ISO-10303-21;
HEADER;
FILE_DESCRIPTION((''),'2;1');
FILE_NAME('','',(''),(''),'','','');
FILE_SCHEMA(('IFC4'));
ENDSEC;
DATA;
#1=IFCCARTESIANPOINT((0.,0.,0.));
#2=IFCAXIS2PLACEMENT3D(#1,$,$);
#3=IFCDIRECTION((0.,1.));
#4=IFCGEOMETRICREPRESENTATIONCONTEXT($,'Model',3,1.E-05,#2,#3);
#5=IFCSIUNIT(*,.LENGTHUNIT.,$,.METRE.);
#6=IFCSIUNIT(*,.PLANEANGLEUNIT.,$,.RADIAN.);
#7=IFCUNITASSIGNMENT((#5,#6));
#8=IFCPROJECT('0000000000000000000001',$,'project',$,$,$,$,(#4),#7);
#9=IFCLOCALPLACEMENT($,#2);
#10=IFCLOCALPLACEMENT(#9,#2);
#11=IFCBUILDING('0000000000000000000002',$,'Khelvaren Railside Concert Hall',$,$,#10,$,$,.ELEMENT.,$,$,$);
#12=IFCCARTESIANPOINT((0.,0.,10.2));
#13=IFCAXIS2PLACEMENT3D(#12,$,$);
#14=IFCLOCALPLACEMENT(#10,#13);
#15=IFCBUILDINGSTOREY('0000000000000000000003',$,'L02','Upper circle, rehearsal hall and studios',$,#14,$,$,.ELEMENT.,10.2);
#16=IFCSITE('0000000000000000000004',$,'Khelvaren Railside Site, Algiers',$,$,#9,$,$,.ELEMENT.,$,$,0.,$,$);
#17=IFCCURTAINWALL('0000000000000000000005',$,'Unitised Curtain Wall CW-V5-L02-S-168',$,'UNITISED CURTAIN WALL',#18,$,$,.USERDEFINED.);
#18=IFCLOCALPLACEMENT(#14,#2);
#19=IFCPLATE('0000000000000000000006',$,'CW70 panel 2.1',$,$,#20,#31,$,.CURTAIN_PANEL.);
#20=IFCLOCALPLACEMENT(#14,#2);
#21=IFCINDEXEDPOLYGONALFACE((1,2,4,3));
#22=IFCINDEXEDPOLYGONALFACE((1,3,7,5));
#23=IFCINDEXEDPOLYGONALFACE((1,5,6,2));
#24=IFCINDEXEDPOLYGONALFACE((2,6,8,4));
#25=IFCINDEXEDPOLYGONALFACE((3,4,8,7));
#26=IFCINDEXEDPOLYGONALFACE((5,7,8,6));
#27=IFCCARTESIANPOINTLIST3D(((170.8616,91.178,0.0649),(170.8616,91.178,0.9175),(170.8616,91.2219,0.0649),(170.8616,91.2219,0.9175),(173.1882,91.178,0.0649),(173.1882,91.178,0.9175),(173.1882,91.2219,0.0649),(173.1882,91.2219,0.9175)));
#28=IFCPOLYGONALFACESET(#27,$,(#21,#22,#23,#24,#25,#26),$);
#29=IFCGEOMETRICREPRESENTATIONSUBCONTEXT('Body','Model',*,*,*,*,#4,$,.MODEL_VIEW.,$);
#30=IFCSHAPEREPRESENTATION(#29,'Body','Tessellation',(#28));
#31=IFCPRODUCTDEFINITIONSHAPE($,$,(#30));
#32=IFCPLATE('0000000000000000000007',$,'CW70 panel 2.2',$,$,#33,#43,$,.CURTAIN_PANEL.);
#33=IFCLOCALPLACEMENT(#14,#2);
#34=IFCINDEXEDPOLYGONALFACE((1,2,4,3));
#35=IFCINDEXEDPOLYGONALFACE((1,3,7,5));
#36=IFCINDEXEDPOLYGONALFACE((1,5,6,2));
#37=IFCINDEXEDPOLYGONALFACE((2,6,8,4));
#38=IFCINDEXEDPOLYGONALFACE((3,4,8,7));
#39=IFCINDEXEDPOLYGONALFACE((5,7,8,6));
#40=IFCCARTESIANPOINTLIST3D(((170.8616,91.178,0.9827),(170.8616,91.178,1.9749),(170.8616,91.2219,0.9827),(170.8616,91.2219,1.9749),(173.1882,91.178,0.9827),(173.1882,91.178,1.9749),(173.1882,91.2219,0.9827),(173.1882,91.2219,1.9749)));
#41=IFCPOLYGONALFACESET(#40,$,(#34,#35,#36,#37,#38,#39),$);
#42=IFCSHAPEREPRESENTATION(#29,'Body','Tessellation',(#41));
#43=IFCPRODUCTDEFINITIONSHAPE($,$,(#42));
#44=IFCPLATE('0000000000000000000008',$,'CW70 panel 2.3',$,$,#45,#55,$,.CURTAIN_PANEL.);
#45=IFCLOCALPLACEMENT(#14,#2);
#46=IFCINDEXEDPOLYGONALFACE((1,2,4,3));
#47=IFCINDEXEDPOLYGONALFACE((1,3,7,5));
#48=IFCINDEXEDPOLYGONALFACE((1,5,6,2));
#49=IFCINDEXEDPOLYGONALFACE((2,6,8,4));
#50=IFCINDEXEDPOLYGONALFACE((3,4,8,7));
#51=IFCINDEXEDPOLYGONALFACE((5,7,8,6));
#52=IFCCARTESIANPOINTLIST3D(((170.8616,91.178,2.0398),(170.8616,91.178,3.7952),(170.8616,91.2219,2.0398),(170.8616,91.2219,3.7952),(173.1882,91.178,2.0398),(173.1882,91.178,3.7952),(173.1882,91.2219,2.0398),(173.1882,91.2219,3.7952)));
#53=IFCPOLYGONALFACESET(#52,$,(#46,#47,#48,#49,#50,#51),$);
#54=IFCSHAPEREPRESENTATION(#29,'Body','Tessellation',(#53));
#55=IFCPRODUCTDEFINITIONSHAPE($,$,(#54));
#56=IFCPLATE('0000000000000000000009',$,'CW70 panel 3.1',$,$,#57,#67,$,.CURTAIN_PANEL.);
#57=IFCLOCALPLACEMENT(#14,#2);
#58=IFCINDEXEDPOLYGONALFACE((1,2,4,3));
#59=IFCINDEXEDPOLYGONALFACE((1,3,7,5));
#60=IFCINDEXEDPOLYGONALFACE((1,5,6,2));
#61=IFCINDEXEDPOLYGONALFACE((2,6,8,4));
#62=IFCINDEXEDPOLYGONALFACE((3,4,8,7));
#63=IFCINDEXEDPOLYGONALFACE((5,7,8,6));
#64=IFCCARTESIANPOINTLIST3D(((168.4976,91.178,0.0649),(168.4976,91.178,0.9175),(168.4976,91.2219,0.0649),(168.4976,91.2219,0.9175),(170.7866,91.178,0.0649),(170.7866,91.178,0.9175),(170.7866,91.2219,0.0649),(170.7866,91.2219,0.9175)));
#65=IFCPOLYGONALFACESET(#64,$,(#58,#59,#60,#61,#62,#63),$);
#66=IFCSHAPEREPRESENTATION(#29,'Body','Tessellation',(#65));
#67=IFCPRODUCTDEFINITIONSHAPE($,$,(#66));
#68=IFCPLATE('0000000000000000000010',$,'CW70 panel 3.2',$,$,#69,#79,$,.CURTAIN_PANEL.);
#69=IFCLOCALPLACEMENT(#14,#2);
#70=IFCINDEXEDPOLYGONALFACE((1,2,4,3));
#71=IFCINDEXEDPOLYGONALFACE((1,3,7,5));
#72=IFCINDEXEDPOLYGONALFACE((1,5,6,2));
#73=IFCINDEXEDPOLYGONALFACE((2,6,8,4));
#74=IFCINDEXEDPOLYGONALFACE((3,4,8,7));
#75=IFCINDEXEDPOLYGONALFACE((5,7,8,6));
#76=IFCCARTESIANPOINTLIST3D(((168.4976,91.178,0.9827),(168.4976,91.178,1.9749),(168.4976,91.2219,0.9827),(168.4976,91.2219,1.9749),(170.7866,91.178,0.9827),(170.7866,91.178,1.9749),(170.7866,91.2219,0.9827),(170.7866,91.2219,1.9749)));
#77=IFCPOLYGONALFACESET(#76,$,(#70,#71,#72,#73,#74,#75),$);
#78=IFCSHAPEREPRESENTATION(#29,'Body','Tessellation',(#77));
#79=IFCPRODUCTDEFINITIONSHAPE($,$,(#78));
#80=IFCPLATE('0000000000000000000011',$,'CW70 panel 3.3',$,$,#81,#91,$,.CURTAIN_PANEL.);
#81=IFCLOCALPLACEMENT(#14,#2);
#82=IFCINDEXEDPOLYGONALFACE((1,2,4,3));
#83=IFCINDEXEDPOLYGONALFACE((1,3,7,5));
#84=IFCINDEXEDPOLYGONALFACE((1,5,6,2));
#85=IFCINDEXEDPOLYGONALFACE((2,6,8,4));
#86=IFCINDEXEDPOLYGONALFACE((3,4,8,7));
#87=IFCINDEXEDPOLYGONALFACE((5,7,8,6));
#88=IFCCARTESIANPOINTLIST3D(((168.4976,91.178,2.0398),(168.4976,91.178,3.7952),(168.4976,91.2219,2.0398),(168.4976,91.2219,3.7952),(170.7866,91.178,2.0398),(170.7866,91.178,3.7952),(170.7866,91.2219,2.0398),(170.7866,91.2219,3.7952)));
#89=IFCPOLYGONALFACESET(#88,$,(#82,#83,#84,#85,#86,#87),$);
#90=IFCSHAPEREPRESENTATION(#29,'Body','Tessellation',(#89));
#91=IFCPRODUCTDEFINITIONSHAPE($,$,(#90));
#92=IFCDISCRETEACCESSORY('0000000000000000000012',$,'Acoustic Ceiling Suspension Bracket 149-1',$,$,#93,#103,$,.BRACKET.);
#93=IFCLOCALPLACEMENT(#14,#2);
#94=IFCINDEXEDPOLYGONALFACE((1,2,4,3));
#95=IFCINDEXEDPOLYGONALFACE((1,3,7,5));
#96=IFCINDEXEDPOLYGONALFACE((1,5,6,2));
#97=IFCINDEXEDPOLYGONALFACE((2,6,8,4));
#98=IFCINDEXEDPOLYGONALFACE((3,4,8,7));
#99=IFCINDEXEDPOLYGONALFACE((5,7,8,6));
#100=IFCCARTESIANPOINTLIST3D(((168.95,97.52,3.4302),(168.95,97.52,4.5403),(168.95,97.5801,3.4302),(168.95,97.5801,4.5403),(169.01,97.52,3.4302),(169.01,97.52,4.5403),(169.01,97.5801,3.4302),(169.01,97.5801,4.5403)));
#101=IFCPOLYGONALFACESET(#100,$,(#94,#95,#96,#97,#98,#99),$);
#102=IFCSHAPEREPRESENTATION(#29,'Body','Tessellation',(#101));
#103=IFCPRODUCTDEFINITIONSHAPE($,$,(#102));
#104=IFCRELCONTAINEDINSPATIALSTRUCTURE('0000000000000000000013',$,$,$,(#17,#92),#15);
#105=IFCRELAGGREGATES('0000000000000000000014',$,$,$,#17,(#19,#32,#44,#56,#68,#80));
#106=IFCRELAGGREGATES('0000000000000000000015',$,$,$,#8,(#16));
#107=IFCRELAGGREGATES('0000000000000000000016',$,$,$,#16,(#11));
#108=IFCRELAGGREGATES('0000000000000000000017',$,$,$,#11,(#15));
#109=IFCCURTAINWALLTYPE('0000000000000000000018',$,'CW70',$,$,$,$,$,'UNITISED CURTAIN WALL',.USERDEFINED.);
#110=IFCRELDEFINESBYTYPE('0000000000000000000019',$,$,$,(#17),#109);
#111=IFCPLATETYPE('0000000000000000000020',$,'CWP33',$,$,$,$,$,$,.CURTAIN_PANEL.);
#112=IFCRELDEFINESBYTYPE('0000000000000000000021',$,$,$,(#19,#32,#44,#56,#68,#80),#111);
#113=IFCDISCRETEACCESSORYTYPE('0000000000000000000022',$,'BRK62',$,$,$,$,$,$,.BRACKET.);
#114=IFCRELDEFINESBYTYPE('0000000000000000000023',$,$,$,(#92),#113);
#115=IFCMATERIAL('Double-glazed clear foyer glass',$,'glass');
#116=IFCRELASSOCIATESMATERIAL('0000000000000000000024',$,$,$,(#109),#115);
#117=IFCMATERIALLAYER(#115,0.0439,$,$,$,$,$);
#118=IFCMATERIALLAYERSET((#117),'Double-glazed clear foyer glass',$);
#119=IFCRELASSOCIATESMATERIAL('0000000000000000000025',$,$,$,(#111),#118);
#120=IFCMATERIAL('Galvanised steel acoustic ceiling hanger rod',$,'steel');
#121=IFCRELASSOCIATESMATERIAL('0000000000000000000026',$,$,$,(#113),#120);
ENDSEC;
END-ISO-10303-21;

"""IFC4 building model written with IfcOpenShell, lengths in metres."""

from ifc_helpers import new_model, si_unit, direction, frame, origin, origin_2d, place, context, subcontext, project, spatial, rectangle, extrude, material, layer, layer_set, type_object, element, aggregate, save


model = new_model("IFC4")

# Units and contexts
model_context = context("Model", 3, precision=1e-05, world=origin(), true_north=direction((0.0, 1.0)))
body_context = subcontext(model_context, "Body", "Model", "MODEL_VIEW")
ifc_project = project(units=[si_unit("LENGTHUNIT", "METRE"), si_unit("PLANEANGLEUNIT", "RADIAN")], contexts=[model_context])

# Site, building, storey
site_placement = place(None, origin())
site = spatial("IfcSite", under=ifc_project, at=site_placement, Name="Khelvaren Railside Site, Algiers", CompositionType="ELEMENT", RefElevation=0.0)
building_placement = place(site_placement, origin())
building = spatial("IfcBuilding", under=site, at=building_placement, Name="Khelvaren Railside Concert Hall", CompositionType="ELEMENT")
storey_placement = place(building_placement, frame((0.0, 0.0, 10.2)))
storey = spatial("IfcBuildingStorey", under=building, at=storey_placement, Name="L02", Description="Upper circle, rehearsal hall and studios", CompositionType="ELEMENT", Elevation=10.2)

# Curtain wall
ifc_material_1 = material(Name="Double-glazed clear foyer glass", Category="glass")
curtain_wall_type = type_object("IfcCurtainWallType", Name="CW70", ElementType="UNITISED CURTAIN WALL", PredefinedType="USERDEFINED", material=ifc_material_1)
curtain_wall_placement = place(storey_placement, origin())
curtain_wall = element("IfcCurtainWall", 1, at=curtain_wall_placement, inside=storey, type_object=curtain_wall_type, Name="Unitised Curtain Wall CW-V5-L02-S-168", ObjectType="UNITISED CURTAIN WALL", PredefinedType="USERDEFINED")

# Plates
ifc_layer = layer(ifc_material_1, 0.0439)
ifc_layer_set = layer_set([ifc_layer], Name="Double-glazed clear foyer glass")
plate_type = type_object("IfcPlateType", Name="CWP33", PredefinedType="CURTAIN_PANEL", material=ifc_layer_set)
plate_1_placement = place(storey_placement, frame((172.0249, 91.2, 0.0649), z_axis=(0.0, 0.0, 1.0), x_axis=(-1.0, 0.0, 0.0)))
plate_1 = element("IfcPlate", 2, at=plate_1_placement, type_object=plate_type, Name="CW70 panel 2.1", PredefinedType="CURTAIN_PANEL", context=body_context, shape_type="SweptSolid", body=[
    extrude(rectangle(XDim=2.3267, YDim=0.0439, at=origin_2d()), origin(), (0.0, 0.0, 1.0), 0.8525),
])
plate_2_placement = place(storey_placement, frame((172.0249, 91.2, 0.9827), z_axis=(0.0, 0.0, 1.0), x_axis=(-1.0, 0.0, 0.0)))
plate_2 = element("IfcPlate", 3, at=plate_2_placement, type_object=plate_type, Name="CW70 panel 2.2", PredefinedType="CURTAIN_PANEL", context=body_context, shape_type="SweptSolid", body=[
    extrude(rectangle(XDim=2.3267, YDim=0.0439, at=origin_2d()), origin(), (0.0, 0.0, 1.0), 0.9922),
])
plate_3_placement = place(storey_placement, frame((172.0249, 91.2, 2.0398), z_axis=(0.0, 0.0, 1.0), x_axis=(-1.0, 0.0, 0.0)))
plate_3 = element("IfcPlate", 4, at=plate_3_placement, type_object=plate_type, Name="CW70 panel 2.3", PredefinedType="CURTAIN_PANEL", context=body_context, shape_type="SweptSolid", body=[
    extrude(rectangle(XDim=2.3267, YDim=0.0439, at=origin_2d()), origin(), (0.0, 0.0, 1.0), 1.7554),
])
plate_4_placement = place(storey_placement, frame((169.6421, 91.2, 0.0649), z_axis=(0.0, 0.0, 1.0), x_axis=(-1.0, 0.0, 0.0)))
plate_4 = element("IfcPlate", 5, at=plate_4_placement, type_object=plate_type, Name="CW70 panel 3.1", PredefinedType="CURTAIN_PANEL", context=body_context, shape_type="SweptSolid", body=[
    extrude(rectangle(XDim=2.2891, YDim=0.0439, at=origin_2d()), origin(), (0.0, 0.0, 1.0), 0.8525),
])
plate_5_placement = place(storey_placement, frame((169.6421, 91.2, 0.9827), z_axis=(0.0, 0.0, 1.0), x_axis=(-1.0, 0.0, 0.0)))
plate_5 = element("IfcPlate", 6, at=plate_5_placement, type_object=plate_type, Name="CW70 panel 3.2", PredefinedType="CURTAIN_PANEL", context=body_context, shape_type="SweptSolid", body=[
    extrude(rectangle(XDim=2.2891, YDim=0.0439, at=origin_2d()), origin(), (0.0, 0.0, 1.0), 0.9922),
])
plate_6_placement = place(storey_placement, frame((169.6421, 91.2, 2.0398), z_axis=(0.0, 0.0, 1.0), x_axis=(-1.0, 0.0, 0.0)))
plate_6 = element("IfcPlate", 7, at=plate_6_placement, type_object=plate_type, Name="CW70 panel 3.3", PredefinedType="CURTAIN_PANEL", context=body_context, shape_type="SweptSolid", body=[
    extrude(rectangle(XDim=2.2891, YDim=0.0439, at=origin_2d()), origin(), (0.0, 0.0, 1.0), 1.7554),
])
aggregate(curtain_wall, [plate_1, plate_2, plate_3, plate_4, plate_5, plate_6])

# Discrete accessory
ifc_material_2 = material(Name="Galvanised steel acoustic ceiling hanger rod", Category="steel")
discrete_accessory_type = type_object("IfcDiscreteAccessoryType", Name="BRK62", PredefinedType="BRACKET", material=ifc_material_2)
discrete_accessory_placement = place(storey_placement, frame((168.98, 97.55, 3.4302), z_axis=(0.0, 0.0, 1.0), x_axis=(1.0, 0.0, 0.0)))
element("IfcDiscreteAccessory", 8, at=discrete_accessory_placement, inside=storey, type_object=discrete_accessory_type, Name="Acoustic Ceiling Suspension Bracket 149-1", PredefinedType="BRACKET", context=body_context, shape_type="SweptSolid", body=[
    extrude(rectangle(XDim=0.0601, YDim=0.0601, at=origin_2d()), origin(), (0.0, 0.0, 1.0), 1.1101),
])

save(model, "model.ifc")
